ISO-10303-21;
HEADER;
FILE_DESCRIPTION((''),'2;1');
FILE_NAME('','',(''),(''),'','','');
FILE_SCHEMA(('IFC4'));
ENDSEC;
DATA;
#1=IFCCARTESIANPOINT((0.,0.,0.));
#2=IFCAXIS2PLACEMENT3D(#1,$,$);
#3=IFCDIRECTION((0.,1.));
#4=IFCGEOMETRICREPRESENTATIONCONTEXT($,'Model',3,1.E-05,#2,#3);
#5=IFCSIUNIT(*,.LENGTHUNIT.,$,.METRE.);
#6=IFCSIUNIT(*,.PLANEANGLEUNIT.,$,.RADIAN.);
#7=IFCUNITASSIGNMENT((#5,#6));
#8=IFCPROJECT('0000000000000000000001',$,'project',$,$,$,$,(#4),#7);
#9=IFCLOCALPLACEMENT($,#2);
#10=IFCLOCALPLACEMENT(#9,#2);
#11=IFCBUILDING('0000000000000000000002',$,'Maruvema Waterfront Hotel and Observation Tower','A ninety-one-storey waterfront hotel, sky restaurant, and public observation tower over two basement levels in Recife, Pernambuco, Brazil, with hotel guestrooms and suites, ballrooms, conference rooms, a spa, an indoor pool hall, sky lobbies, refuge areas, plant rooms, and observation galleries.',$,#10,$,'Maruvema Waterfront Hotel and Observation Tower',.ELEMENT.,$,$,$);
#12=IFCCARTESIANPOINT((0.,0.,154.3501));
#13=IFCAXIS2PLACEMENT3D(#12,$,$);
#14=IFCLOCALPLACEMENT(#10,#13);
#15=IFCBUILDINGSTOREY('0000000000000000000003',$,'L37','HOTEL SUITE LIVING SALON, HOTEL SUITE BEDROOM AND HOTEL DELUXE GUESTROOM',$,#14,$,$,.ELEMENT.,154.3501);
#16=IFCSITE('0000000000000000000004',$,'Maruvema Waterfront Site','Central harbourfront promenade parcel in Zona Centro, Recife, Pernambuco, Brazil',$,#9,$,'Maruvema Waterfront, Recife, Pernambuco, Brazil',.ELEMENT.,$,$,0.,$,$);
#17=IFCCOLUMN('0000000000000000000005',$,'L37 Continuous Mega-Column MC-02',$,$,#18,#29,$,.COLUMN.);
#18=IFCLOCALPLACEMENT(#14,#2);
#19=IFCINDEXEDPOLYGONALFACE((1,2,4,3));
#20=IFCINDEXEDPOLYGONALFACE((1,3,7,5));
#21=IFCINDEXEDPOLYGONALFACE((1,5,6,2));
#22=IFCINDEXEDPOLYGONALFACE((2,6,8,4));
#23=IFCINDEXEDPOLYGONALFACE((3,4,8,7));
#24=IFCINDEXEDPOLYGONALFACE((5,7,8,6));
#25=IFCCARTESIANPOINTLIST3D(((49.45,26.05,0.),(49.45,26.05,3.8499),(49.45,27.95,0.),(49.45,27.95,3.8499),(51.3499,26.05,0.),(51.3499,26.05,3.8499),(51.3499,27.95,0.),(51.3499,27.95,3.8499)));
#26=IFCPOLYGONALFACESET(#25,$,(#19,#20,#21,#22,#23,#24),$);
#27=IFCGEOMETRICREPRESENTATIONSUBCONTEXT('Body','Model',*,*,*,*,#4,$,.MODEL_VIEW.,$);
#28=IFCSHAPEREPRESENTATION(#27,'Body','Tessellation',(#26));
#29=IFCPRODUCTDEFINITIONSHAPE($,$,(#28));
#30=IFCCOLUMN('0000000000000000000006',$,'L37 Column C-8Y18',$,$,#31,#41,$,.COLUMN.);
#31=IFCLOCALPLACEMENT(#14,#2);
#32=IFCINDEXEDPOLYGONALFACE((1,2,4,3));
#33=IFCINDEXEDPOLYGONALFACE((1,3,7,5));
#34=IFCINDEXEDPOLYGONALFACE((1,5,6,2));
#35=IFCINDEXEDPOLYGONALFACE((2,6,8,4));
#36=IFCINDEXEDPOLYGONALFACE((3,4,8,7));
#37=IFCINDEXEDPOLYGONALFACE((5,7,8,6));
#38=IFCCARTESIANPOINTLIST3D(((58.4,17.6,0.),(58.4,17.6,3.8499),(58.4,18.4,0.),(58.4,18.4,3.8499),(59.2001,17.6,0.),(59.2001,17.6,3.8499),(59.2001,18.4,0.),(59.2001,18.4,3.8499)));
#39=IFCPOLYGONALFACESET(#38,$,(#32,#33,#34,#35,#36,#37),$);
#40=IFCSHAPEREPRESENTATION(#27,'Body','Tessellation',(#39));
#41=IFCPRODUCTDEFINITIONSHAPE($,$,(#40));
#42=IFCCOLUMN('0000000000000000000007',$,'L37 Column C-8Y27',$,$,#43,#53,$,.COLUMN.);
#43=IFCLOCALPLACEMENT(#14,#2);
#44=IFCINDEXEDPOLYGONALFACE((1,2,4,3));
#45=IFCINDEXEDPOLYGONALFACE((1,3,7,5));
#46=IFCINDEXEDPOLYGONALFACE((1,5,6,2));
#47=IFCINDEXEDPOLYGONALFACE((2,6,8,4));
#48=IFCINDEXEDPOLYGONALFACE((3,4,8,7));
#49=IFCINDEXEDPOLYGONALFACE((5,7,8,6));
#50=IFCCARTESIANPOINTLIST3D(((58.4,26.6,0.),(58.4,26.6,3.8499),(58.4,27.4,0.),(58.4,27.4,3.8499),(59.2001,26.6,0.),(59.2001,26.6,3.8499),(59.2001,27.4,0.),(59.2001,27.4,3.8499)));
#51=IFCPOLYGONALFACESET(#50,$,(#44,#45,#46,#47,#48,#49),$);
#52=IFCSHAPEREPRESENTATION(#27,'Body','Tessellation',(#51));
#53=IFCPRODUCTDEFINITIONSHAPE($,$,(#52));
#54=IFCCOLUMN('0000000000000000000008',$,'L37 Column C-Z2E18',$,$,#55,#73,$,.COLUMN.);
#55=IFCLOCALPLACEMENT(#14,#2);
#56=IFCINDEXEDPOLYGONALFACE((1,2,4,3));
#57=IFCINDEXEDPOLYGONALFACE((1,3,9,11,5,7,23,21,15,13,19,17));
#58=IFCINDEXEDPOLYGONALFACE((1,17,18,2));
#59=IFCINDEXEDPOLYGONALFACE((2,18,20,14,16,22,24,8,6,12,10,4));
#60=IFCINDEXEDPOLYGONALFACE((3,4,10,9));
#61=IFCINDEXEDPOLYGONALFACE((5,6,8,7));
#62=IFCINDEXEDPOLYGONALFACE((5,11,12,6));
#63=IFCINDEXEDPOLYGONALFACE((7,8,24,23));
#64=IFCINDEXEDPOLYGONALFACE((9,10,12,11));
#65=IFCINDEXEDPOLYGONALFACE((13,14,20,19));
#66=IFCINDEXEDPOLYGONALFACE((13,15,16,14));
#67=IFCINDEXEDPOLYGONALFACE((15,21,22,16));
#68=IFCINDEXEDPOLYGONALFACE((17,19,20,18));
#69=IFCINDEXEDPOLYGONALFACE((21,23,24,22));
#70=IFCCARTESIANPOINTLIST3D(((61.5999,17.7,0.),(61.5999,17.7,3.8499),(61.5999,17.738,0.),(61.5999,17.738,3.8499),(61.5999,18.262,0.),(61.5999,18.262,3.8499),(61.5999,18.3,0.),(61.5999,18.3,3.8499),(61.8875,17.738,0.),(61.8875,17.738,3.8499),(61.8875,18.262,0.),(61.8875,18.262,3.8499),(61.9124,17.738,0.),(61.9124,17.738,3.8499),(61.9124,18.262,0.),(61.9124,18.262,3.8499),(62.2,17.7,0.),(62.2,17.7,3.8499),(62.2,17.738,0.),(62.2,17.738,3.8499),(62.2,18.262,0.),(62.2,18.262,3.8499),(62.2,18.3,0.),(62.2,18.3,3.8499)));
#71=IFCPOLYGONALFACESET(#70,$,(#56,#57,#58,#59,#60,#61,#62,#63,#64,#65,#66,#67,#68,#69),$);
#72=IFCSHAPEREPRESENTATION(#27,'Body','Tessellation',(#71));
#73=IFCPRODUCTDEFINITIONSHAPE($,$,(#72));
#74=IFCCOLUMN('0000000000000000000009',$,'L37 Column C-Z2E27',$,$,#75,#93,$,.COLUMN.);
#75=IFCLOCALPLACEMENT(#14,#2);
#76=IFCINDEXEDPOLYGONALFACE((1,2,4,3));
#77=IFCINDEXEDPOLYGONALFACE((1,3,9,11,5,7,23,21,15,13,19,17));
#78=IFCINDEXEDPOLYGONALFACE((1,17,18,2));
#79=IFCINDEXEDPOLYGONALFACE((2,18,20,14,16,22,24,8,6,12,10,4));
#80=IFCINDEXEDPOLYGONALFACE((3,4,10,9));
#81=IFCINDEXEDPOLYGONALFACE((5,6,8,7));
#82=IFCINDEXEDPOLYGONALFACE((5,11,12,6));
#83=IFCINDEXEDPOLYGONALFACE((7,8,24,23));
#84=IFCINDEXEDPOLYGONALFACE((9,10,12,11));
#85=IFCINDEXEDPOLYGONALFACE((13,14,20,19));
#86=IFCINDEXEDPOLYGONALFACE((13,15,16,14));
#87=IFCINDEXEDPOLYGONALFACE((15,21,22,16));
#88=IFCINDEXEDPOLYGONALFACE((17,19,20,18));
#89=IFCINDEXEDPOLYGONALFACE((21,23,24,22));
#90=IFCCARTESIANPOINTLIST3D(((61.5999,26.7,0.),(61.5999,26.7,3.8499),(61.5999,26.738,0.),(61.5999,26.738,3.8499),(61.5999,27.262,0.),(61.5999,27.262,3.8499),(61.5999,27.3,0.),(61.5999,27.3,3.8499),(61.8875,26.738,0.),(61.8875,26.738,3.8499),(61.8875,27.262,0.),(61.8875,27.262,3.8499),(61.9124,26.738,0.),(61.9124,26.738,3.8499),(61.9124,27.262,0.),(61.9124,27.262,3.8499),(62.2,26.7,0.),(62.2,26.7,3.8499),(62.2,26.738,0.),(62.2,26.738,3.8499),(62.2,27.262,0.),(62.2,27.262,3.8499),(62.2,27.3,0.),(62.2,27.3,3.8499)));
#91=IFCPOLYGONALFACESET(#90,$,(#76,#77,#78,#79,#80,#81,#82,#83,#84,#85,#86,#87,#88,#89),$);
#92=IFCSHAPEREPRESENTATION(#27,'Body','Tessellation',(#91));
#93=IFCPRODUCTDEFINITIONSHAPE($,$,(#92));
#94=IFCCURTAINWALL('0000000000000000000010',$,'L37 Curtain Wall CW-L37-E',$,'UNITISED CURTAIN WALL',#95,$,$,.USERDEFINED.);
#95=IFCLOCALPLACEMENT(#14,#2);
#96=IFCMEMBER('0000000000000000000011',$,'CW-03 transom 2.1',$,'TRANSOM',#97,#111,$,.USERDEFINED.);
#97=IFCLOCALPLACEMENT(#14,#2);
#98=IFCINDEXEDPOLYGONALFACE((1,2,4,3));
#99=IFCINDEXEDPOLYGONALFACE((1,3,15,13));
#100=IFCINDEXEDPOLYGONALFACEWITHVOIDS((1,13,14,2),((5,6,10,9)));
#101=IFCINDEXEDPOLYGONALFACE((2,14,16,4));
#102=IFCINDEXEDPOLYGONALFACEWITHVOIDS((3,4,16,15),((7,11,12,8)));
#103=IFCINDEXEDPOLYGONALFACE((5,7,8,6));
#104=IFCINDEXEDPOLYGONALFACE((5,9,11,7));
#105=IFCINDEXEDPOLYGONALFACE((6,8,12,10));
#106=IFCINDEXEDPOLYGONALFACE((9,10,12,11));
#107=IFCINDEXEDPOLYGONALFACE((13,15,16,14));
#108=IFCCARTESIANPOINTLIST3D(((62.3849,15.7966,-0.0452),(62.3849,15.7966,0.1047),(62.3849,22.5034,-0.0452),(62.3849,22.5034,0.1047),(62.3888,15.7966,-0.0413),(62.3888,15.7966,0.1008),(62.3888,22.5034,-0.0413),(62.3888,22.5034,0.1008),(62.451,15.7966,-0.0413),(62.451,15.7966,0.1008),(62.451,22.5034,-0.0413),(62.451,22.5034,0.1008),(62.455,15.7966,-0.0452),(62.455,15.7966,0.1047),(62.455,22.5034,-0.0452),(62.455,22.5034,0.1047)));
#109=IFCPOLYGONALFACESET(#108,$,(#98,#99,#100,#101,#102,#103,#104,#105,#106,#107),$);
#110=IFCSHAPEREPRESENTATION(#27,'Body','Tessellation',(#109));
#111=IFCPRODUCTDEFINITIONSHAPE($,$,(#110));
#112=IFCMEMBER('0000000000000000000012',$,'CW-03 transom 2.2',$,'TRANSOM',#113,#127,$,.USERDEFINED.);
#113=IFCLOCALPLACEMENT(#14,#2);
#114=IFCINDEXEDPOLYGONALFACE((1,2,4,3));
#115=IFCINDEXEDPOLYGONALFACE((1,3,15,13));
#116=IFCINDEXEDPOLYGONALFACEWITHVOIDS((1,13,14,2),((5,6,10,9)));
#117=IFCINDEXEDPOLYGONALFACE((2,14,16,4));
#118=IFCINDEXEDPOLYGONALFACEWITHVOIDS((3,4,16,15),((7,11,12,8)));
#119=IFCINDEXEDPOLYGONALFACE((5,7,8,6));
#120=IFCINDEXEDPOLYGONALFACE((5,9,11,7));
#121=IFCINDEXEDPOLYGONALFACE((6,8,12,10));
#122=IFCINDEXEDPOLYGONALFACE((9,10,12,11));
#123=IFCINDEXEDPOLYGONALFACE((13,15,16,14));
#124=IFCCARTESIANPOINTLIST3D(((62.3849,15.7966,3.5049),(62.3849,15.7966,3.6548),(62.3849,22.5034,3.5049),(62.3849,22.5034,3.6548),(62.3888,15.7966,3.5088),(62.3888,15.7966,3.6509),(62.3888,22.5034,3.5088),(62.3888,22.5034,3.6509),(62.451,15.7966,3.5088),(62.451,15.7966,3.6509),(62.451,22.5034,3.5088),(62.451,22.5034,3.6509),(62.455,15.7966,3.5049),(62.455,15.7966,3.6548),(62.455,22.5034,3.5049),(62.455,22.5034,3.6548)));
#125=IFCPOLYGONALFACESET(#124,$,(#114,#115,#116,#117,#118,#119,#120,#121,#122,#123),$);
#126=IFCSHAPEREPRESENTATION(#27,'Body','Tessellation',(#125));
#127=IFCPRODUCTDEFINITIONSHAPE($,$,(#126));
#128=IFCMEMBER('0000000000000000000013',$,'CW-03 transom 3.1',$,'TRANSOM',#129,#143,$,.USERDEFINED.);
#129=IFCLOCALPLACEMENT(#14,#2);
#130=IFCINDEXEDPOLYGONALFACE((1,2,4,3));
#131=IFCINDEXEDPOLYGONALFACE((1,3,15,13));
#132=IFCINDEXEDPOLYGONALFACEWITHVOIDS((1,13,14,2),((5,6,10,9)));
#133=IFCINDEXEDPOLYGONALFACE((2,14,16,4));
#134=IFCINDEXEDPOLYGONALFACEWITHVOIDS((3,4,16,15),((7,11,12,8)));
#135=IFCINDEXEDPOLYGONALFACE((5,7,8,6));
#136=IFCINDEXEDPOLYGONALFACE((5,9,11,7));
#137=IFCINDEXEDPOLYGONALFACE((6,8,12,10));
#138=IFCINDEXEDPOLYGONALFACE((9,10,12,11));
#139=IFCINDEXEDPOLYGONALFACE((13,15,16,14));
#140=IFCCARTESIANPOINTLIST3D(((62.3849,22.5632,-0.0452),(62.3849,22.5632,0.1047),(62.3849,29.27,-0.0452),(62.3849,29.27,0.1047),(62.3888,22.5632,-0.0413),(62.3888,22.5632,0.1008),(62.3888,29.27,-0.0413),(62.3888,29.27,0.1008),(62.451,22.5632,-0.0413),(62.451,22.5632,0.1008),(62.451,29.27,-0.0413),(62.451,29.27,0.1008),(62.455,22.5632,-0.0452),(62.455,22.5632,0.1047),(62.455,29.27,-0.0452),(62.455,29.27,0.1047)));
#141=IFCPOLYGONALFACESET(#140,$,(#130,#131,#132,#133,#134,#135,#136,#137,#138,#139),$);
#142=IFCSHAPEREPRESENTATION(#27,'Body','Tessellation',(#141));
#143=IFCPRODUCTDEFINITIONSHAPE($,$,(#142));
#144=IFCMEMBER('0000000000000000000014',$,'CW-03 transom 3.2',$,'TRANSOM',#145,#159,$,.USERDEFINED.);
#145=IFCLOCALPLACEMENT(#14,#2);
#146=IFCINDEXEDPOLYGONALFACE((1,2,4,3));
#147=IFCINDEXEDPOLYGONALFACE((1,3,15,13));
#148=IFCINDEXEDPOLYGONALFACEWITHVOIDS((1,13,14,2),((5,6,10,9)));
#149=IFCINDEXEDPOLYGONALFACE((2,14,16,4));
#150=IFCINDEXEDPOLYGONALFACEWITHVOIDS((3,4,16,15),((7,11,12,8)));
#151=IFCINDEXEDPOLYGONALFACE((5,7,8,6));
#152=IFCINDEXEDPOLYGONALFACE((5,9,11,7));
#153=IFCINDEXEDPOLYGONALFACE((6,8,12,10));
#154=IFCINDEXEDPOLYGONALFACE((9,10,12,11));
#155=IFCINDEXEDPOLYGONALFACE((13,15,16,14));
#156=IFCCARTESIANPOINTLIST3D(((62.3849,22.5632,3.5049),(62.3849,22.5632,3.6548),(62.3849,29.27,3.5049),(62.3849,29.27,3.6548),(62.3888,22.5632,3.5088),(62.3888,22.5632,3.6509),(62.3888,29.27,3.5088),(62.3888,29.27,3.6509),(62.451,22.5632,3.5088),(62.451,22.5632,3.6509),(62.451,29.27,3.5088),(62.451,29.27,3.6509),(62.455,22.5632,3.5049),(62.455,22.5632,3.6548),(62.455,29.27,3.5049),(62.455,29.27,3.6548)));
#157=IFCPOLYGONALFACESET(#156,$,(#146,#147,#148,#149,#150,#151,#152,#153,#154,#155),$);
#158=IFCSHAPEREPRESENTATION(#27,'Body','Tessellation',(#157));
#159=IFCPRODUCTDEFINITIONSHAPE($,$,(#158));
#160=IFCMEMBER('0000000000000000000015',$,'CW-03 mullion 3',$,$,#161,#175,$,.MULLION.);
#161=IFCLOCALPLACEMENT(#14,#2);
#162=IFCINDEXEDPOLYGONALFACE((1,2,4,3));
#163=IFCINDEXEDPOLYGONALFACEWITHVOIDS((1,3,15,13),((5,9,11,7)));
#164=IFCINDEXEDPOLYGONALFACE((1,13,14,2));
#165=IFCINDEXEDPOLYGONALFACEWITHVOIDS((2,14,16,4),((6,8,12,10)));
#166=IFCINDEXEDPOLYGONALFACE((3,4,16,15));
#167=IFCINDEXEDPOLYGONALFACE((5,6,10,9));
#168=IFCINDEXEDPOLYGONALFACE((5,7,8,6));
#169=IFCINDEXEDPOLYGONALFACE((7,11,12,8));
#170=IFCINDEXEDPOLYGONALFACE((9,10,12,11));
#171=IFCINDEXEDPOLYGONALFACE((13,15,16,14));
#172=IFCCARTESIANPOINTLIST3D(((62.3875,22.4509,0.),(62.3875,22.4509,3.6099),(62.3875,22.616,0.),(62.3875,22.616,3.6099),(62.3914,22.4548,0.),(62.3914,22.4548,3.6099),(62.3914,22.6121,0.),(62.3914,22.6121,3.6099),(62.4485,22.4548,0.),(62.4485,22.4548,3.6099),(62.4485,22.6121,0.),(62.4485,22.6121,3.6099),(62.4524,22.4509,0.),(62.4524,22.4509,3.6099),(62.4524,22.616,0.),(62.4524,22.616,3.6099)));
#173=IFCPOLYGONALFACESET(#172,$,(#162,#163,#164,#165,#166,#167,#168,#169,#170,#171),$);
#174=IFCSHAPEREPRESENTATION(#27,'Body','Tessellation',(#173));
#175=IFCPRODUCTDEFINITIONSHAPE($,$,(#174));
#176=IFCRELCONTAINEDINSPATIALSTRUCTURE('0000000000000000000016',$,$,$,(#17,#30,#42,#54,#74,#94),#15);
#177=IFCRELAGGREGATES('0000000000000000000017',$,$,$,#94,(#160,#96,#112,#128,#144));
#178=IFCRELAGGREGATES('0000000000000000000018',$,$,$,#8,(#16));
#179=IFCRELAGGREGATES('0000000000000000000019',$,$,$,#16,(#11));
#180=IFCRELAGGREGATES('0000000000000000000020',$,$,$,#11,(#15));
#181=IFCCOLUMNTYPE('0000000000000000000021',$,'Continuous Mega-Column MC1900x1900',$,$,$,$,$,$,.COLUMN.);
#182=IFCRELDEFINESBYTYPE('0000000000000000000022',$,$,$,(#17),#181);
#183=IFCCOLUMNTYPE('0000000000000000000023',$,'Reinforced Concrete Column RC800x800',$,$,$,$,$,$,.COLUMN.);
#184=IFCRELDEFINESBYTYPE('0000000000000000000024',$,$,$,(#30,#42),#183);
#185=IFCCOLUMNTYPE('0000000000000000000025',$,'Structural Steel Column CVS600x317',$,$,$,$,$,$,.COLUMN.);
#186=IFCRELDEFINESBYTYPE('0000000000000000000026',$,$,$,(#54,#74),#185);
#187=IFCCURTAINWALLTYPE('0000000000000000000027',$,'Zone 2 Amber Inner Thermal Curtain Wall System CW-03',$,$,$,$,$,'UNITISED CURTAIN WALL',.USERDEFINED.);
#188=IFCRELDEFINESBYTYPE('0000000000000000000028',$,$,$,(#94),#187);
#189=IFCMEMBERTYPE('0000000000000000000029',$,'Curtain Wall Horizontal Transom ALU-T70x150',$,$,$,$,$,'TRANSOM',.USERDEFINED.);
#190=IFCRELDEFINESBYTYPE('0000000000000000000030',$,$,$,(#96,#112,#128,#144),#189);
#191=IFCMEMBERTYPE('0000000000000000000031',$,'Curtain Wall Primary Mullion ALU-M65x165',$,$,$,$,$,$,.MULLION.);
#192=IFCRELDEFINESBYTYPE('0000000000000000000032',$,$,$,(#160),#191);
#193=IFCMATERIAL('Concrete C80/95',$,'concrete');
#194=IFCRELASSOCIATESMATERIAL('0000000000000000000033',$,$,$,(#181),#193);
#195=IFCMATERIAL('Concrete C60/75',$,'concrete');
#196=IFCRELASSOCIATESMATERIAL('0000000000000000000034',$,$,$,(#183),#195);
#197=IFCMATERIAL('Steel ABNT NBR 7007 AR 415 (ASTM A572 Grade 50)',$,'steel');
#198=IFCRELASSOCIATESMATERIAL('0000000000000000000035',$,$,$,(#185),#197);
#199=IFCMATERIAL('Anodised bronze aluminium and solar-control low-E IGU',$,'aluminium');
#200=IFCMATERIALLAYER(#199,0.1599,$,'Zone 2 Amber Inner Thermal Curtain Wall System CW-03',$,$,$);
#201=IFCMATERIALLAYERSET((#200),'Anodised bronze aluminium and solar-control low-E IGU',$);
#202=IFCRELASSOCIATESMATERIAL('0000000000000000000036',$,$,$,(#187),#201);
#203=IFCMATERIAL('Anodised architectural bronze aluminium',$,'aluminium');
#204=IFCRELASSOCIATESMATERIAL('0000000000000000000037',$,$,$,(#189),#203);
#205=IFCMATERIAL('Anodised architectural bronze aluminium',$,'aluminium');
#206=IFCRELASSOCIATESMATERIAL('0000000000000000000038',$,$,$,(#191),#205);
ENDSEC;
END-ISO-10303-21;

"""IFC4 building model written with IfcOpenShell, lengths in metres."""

from ifc_helpers import new_model, si_unit, direction, frame, origin, origin_2d, place, context, subcontext, project, spatial, rectangle, hollow_rectangle, i_section, extrude, material, layer, layer_set, material_profile, profile_set, type_object, element, aggregate, save


model = new_model("IFC4")

# Units and contexts
model_context = context("Model", 3, precision=1e-05, world=origin(), true_north=direction((0.0, 1.0)))
body_context = subcontext(model_context, "Body", "Model", "MODEL_VIEW")
ifc_project = project(units=[si_unit("LENGTHUNIT", "METRE"), si_unit("PLANEANGLEUNIT", "RADIAN")], contexts=[model_context])

# Site, building, storey
site_placement = place(None, origin())
site = spatial("IfcSite", under=ifc_project, at=site_placement, Name="Maruvema Waterfront Site", Description="Central harbourfront promenade parcel in Zona Centro, Recife, Pernambuco, Brazil", LongName="Maruvema Waterfront, Recife, Pernambuco, Brazil", CompositionType="ELEMENT", RefElevation=0.0)
building_placement = place(site_placement, origin())
building = spatial("IfcBuilding", under=site, at=building_placement, Name="Maruvema Waterfront Hotel and Observation Tower", Description="A ninety-one-storey waterfront hotel, sky restaurant, and public observation tower over two basement levels in Recife, Pernambuco, Brazil, with hotel guestrooms and suites, ballrooms, conference rooms, a spa, an indoor pool hall, sky lobbies, refuge areas, plant rooms, and observation galleries.", LongName="Maruvema Waterfront Hotel and Observation Tower", CompositionType="ELEMENT")
storey_placement = place(building_placement, frame((0.0, 0.0, 154.3501)))
storey = spatial("IfcBuildingStorey", under=building, at=storey_placement, Name="L37", Description="HOTEL SUITE LIVING SALON, HOTEL SUITE BEDROOM AND HOTEL DELUXE GUESTROOM", CompositionType="ELEMENT", Elevation=154.3501)

# Columns
ifc_material_1 = material(Name="Concrete C80/95", Category="concrete")
ifc_material_profile_1 = material_profile(ifc_material_1, rectangle(XDim=1.8999, YDim=1.8999, at=origin_2d()), Name="MC1900x1900")
ifc_profile_set_1 = profile_set([ifc_material_profile_1], Name="Concrete C80/95")
column_type_1 = type_object("IfcColumnType", Name="Continuous Mega-Column MC1900x1900", PredefinedType="COLUMN", material=ifc_profile_set_1)
column_placement = place(storey_placement, frame((50.3999, 27.0, 0.0), z_axis=(0.0, 0.0, 1.0), x_axis=(1.0, 0.0, 0.0)))
element("IfcColumn", 1, at=column_placement, inside=storey, type_object=column_type_1, Name="L37 Continuous Mega-Column MC-02", PredefinedType="COLUMN", context=body_context, shape_type="SweptSolid", body=[
    extrude(rectangle(XDim=1.8999, YDim=1.8999, at=origin_2d()), origin(), (0.0, 0.0, 1.0), 3.8499),
])
ifc_material_2 = material(Name="Concrete C60/75", Category="concrete")
ifc_material_profile_2 = material_profile(ifc_material_2, rectangle(XDim=0.8, YDim=0.8, at=origin_2d()), Name="RC800x800")
ifc_profile_set_2 = profile_set([ifc_material_profile_2], Name="Concrete C60/75")
column_type_2 = type_object("IfcColumnType", Name="Reinforced Concrete Column RC800x800", PredefinedType="COLUMN", material=ifc_profile_set_2)
for number, where, z_axis, x_axis, name in (
    (2, (58.8, 18.0, 0.0), (0.0, 0.0, 1.0), (1.0, 0.0, 0.0), "L37 Column C-8Y18"),
    (3, (58.8, 27.0, 0.0), (0.0, 0.0, 1.0), (1.0, 0.0, 0.0), "L37 Column C-8Y27"),
):
    element("IfcColumn", number, at=place(storey_placement, frame(where, z_axis=z_axis, x_axis=x_axis)), inside=storey, type_object=column_type_2, Name=name, PredefinedType="COLUMN", context=body_context, shape_type="SweptSolid", body=[
        extrude(rectangle(XDim=0.8, YDim=0.8, at=origin_2d()), origin(), (0.0, 0.0, 1.0), 3.8499),
    ])
ifc_material_3 = material(Name="Steel ABNT NBR 7007 AR 415 (ASTM A572 Grade 50)", Category="steel")
ifc_material_profile_3 = material_profile(ifc_material_3, i_section(OverallWidth=0.6001, OverallDepth=0.6001, WebThickness=0.0249, FlangeThickness=0.0381, at=origin_2d()), Name="CVS600x317")
ifc_profile_set_3 = profile_set([ifc_material_profile_3], Name="Steel ABNT NBR 7007 AR 415 (ASTM A572 Grade 50)")
column_type_3 = type_object("IfcColumnType", Name="Structural Steel Column CVS600x317", PredefinedType="COLUMN", material=ifc_profile_set_3)
for number, where, z_axis, x_axis, name in (
    (4, (61.8999, 18.0, 0.0), (0.0, 0.0, 1.0), (1.0, 0.0, 0.0), "L37 Column C-Z2E18"),
    (5, (61.8999, 27.0, 0.0), (0.0, 0.0, 1.0), (1.0, 0.0, 0.0), "L37 Column C-Z2E27"),
):
    element("IfcColumn", number, at=place(storey_placement, frame(where, z_axis=z_axis, x_axis=x_axis)), inside=storey, type_object=column_type_3, Name=name, PredefinedType="COLUMN", context=body_context, shape_type="SweptSolid", body=[
        extrude(i_section(OverallWidth=0.6001, OverallDepth=0.6001, WebThickness=0.0249, FlangeThickness=0.0381, at=origin_2d()), origin(), (0.0, 0.0, 1.0), 3.8499),
    ])

# Curtain wall, members
ifc_material_4 = material(Name="Anodised bronze aluminium and solar-control low-E IGU", Category="aluminium")
ifc_layer_1 = layer(ifc_material_4, 0.1599, Name="Zone 2 Amber Inner Thermal Curtain Wall System CW-03")
ifc_layer_set_1 = layer_set([ifc_layer_1], Name="Anodised bronze aluminium and solar-control low-E IGU")
curtain_wall_type = type_object("IfcCurtainWallType", Name="Zone 2 Amber Inner Thermal Curtain Wall System CW-03", ElementType="UNITISED CURTAIN WALL", PredefinedType="USERDEFINED", material=ifc_layer_set_1)
curtain_wall_placement = place(storey_placement, origin())
curtain_wall = element("IfcCurtainWall", 6, at=curtain_wall_placement, inside=storey, type_object=curtain_wall_type, Name="L37 Curtain Wall CW-L37-E", ObjectType="UNITISED CURTAIN WALL", PredefinedType="USERDEFINED")
ifc_material_5 = material(Name="Anodised architectural bronze aluminium", Category="aluminium")
ifc_material_profile_4 = material_profile(ifc_material_5, hollow_rectangle(XDim=0.0701, YDim=0.1499, WallThickness=0.0039, at=origin_2d()), Name="ALU-T70x150")
ifc_profile_set_4 = profile_set([ifc_material_profile_4], Name="Anodised architectural bronze aluminium")
member_type_1 = type_object("IfcMemberType", Name="Curtain Wall Horizontal Transom ALU-T70x150", ElementType="TRANSOM", PredefinedType="USERDEFINED", material=ifc_profile_set_4)
member_1_placement = place(storey_placement, frame((62.4199, 15.7966, 0.0298), z_axis=(0.0, 1.0, 0.0), x_axis=(-1.0, 0.0, 0.0)))
member_1 = element("IfcMember", 7, at=member_1_placement, type_object=member_type_1, Name="CW-03 transom 2.1", ObjectType="TRANSOM", PredefinedType="USERDEFINED", context=body_context, shape_type="SweptSolid", body=[
    extrude(hollow_rectangle(XDim=0.0701, YDim=0.1499, WallThickness=0.0039, at=origin_2d()), origin(), (0.0, 0.0, 1.0), 6.7068),
])
member_2_placement = place(storey_placement, frame((62.4199, 15.7966, 3.5798), z_axis=(0.0, 1.0, 0.0), x_axis=(-1.0, 0.0, 0.0)))
member_2 = element("IfcMember", 8, at=member_2_placement, type_object=member_type_1, Name="CW-03 transom 2.2", ObjectType="TRANSOM", PredefinedType="USERDEFINED", context=body_context, shape_type="SweptSolid", body=[
    extrude(hollow_rectangle(XDim=0.0701, YDim=0.1499, WallThickness=0.0039, at=origin_2d()), origin(), (0.0, 0.0, 1.0), 6.7068),
])
member_3_placement = place(storey_placement, frame((62.4199, 22.5632, 0.0298), z_axis=(0.0, 1.0, 0.0), x_axis=(-1.0, 0.0, 0.0)))
member_3 = element("IfcMember", 9, at=member_3_placement, type_object=member_type_1, Name="CW-03 transom 3.1", ObjectType="TRANSOM", PredefinedType="USERDEFINED", context=body_context, shape_type="SweptSolid", body=[
    extrude(hollow_rectangle(XDim=0.0701, YDim=0.1499, WallThickness=0.0039, at=origin_2d()), origin(), (0.0, 0.0, 1.0), 6.7068),
])
member_4_placement = place(storey_placement, frame((62.4199, 22.5632, 3.5798), z_axis=(0.0, 1.0, 0.0), x_axis=(-1.0, 0.0, 0.0)))
member_4 = element("IfcMember", 10, at=member_4_placement, type_object=member_type_1, Name="CW-03 transom 3.2", ObjectType="TRANSOM", PredefinedType="USERDEFINED", context=body_context, shape_type="SweptSolid", body=[
    extrude(hollow_rectangle(XDim=0.0701, YDim=0.1499, WallThickness=0.0039, at=origin_2d()), origin(), (0.0, 0.0, 1.0), 6.7068),
])
ifc_material_6 = material(Name="Anodised architectural bronze aluminium", Category="aluminium")
ifc_material_profile_5 = material_profile(ifc_material_6, hollow_rectangle(XDim=0.0649, YDim=0.165, WallThickness=0.0039, at=origin_2d()), Name="ALU-M65x165")
ifc_profile_set_5 = profile_set([ifc_material_profile_5], Name="Anodised architectural bronze aluminium")
member_type_2 = type_object("IfcMemberType", Name="Curtain Wall Primary Mullion ALU-M65x165", PredefinedType="MULLION", material=ifc_profile_set_5)
member_5_placement = place(storey_placement, frame((62.4199, 22.5334, 0.0), z_axis=(0.0, 0.0, 1.0), x_axis=(-1.0, 0.0, 0.0)))
member_5 = element("IfcMember", 11, at=member_5_placement, type_object=member_type_2, Name="CW-03 mullion 3", PredefinedType="MULLION", context=body_context, shape_type="SweptSolid", body=[
    extrude(hollow_rectangle(XDim=0.0649, YDim=0.165, WallThickness=0.0039, at=origin_2d()), origin(), (0.0, 0.0, 1.0), 3.6099),
])

aggregate(curtain_wall, [member_5, member_1, member_2, member_3, member_4])

save(model, "model.ifc")
